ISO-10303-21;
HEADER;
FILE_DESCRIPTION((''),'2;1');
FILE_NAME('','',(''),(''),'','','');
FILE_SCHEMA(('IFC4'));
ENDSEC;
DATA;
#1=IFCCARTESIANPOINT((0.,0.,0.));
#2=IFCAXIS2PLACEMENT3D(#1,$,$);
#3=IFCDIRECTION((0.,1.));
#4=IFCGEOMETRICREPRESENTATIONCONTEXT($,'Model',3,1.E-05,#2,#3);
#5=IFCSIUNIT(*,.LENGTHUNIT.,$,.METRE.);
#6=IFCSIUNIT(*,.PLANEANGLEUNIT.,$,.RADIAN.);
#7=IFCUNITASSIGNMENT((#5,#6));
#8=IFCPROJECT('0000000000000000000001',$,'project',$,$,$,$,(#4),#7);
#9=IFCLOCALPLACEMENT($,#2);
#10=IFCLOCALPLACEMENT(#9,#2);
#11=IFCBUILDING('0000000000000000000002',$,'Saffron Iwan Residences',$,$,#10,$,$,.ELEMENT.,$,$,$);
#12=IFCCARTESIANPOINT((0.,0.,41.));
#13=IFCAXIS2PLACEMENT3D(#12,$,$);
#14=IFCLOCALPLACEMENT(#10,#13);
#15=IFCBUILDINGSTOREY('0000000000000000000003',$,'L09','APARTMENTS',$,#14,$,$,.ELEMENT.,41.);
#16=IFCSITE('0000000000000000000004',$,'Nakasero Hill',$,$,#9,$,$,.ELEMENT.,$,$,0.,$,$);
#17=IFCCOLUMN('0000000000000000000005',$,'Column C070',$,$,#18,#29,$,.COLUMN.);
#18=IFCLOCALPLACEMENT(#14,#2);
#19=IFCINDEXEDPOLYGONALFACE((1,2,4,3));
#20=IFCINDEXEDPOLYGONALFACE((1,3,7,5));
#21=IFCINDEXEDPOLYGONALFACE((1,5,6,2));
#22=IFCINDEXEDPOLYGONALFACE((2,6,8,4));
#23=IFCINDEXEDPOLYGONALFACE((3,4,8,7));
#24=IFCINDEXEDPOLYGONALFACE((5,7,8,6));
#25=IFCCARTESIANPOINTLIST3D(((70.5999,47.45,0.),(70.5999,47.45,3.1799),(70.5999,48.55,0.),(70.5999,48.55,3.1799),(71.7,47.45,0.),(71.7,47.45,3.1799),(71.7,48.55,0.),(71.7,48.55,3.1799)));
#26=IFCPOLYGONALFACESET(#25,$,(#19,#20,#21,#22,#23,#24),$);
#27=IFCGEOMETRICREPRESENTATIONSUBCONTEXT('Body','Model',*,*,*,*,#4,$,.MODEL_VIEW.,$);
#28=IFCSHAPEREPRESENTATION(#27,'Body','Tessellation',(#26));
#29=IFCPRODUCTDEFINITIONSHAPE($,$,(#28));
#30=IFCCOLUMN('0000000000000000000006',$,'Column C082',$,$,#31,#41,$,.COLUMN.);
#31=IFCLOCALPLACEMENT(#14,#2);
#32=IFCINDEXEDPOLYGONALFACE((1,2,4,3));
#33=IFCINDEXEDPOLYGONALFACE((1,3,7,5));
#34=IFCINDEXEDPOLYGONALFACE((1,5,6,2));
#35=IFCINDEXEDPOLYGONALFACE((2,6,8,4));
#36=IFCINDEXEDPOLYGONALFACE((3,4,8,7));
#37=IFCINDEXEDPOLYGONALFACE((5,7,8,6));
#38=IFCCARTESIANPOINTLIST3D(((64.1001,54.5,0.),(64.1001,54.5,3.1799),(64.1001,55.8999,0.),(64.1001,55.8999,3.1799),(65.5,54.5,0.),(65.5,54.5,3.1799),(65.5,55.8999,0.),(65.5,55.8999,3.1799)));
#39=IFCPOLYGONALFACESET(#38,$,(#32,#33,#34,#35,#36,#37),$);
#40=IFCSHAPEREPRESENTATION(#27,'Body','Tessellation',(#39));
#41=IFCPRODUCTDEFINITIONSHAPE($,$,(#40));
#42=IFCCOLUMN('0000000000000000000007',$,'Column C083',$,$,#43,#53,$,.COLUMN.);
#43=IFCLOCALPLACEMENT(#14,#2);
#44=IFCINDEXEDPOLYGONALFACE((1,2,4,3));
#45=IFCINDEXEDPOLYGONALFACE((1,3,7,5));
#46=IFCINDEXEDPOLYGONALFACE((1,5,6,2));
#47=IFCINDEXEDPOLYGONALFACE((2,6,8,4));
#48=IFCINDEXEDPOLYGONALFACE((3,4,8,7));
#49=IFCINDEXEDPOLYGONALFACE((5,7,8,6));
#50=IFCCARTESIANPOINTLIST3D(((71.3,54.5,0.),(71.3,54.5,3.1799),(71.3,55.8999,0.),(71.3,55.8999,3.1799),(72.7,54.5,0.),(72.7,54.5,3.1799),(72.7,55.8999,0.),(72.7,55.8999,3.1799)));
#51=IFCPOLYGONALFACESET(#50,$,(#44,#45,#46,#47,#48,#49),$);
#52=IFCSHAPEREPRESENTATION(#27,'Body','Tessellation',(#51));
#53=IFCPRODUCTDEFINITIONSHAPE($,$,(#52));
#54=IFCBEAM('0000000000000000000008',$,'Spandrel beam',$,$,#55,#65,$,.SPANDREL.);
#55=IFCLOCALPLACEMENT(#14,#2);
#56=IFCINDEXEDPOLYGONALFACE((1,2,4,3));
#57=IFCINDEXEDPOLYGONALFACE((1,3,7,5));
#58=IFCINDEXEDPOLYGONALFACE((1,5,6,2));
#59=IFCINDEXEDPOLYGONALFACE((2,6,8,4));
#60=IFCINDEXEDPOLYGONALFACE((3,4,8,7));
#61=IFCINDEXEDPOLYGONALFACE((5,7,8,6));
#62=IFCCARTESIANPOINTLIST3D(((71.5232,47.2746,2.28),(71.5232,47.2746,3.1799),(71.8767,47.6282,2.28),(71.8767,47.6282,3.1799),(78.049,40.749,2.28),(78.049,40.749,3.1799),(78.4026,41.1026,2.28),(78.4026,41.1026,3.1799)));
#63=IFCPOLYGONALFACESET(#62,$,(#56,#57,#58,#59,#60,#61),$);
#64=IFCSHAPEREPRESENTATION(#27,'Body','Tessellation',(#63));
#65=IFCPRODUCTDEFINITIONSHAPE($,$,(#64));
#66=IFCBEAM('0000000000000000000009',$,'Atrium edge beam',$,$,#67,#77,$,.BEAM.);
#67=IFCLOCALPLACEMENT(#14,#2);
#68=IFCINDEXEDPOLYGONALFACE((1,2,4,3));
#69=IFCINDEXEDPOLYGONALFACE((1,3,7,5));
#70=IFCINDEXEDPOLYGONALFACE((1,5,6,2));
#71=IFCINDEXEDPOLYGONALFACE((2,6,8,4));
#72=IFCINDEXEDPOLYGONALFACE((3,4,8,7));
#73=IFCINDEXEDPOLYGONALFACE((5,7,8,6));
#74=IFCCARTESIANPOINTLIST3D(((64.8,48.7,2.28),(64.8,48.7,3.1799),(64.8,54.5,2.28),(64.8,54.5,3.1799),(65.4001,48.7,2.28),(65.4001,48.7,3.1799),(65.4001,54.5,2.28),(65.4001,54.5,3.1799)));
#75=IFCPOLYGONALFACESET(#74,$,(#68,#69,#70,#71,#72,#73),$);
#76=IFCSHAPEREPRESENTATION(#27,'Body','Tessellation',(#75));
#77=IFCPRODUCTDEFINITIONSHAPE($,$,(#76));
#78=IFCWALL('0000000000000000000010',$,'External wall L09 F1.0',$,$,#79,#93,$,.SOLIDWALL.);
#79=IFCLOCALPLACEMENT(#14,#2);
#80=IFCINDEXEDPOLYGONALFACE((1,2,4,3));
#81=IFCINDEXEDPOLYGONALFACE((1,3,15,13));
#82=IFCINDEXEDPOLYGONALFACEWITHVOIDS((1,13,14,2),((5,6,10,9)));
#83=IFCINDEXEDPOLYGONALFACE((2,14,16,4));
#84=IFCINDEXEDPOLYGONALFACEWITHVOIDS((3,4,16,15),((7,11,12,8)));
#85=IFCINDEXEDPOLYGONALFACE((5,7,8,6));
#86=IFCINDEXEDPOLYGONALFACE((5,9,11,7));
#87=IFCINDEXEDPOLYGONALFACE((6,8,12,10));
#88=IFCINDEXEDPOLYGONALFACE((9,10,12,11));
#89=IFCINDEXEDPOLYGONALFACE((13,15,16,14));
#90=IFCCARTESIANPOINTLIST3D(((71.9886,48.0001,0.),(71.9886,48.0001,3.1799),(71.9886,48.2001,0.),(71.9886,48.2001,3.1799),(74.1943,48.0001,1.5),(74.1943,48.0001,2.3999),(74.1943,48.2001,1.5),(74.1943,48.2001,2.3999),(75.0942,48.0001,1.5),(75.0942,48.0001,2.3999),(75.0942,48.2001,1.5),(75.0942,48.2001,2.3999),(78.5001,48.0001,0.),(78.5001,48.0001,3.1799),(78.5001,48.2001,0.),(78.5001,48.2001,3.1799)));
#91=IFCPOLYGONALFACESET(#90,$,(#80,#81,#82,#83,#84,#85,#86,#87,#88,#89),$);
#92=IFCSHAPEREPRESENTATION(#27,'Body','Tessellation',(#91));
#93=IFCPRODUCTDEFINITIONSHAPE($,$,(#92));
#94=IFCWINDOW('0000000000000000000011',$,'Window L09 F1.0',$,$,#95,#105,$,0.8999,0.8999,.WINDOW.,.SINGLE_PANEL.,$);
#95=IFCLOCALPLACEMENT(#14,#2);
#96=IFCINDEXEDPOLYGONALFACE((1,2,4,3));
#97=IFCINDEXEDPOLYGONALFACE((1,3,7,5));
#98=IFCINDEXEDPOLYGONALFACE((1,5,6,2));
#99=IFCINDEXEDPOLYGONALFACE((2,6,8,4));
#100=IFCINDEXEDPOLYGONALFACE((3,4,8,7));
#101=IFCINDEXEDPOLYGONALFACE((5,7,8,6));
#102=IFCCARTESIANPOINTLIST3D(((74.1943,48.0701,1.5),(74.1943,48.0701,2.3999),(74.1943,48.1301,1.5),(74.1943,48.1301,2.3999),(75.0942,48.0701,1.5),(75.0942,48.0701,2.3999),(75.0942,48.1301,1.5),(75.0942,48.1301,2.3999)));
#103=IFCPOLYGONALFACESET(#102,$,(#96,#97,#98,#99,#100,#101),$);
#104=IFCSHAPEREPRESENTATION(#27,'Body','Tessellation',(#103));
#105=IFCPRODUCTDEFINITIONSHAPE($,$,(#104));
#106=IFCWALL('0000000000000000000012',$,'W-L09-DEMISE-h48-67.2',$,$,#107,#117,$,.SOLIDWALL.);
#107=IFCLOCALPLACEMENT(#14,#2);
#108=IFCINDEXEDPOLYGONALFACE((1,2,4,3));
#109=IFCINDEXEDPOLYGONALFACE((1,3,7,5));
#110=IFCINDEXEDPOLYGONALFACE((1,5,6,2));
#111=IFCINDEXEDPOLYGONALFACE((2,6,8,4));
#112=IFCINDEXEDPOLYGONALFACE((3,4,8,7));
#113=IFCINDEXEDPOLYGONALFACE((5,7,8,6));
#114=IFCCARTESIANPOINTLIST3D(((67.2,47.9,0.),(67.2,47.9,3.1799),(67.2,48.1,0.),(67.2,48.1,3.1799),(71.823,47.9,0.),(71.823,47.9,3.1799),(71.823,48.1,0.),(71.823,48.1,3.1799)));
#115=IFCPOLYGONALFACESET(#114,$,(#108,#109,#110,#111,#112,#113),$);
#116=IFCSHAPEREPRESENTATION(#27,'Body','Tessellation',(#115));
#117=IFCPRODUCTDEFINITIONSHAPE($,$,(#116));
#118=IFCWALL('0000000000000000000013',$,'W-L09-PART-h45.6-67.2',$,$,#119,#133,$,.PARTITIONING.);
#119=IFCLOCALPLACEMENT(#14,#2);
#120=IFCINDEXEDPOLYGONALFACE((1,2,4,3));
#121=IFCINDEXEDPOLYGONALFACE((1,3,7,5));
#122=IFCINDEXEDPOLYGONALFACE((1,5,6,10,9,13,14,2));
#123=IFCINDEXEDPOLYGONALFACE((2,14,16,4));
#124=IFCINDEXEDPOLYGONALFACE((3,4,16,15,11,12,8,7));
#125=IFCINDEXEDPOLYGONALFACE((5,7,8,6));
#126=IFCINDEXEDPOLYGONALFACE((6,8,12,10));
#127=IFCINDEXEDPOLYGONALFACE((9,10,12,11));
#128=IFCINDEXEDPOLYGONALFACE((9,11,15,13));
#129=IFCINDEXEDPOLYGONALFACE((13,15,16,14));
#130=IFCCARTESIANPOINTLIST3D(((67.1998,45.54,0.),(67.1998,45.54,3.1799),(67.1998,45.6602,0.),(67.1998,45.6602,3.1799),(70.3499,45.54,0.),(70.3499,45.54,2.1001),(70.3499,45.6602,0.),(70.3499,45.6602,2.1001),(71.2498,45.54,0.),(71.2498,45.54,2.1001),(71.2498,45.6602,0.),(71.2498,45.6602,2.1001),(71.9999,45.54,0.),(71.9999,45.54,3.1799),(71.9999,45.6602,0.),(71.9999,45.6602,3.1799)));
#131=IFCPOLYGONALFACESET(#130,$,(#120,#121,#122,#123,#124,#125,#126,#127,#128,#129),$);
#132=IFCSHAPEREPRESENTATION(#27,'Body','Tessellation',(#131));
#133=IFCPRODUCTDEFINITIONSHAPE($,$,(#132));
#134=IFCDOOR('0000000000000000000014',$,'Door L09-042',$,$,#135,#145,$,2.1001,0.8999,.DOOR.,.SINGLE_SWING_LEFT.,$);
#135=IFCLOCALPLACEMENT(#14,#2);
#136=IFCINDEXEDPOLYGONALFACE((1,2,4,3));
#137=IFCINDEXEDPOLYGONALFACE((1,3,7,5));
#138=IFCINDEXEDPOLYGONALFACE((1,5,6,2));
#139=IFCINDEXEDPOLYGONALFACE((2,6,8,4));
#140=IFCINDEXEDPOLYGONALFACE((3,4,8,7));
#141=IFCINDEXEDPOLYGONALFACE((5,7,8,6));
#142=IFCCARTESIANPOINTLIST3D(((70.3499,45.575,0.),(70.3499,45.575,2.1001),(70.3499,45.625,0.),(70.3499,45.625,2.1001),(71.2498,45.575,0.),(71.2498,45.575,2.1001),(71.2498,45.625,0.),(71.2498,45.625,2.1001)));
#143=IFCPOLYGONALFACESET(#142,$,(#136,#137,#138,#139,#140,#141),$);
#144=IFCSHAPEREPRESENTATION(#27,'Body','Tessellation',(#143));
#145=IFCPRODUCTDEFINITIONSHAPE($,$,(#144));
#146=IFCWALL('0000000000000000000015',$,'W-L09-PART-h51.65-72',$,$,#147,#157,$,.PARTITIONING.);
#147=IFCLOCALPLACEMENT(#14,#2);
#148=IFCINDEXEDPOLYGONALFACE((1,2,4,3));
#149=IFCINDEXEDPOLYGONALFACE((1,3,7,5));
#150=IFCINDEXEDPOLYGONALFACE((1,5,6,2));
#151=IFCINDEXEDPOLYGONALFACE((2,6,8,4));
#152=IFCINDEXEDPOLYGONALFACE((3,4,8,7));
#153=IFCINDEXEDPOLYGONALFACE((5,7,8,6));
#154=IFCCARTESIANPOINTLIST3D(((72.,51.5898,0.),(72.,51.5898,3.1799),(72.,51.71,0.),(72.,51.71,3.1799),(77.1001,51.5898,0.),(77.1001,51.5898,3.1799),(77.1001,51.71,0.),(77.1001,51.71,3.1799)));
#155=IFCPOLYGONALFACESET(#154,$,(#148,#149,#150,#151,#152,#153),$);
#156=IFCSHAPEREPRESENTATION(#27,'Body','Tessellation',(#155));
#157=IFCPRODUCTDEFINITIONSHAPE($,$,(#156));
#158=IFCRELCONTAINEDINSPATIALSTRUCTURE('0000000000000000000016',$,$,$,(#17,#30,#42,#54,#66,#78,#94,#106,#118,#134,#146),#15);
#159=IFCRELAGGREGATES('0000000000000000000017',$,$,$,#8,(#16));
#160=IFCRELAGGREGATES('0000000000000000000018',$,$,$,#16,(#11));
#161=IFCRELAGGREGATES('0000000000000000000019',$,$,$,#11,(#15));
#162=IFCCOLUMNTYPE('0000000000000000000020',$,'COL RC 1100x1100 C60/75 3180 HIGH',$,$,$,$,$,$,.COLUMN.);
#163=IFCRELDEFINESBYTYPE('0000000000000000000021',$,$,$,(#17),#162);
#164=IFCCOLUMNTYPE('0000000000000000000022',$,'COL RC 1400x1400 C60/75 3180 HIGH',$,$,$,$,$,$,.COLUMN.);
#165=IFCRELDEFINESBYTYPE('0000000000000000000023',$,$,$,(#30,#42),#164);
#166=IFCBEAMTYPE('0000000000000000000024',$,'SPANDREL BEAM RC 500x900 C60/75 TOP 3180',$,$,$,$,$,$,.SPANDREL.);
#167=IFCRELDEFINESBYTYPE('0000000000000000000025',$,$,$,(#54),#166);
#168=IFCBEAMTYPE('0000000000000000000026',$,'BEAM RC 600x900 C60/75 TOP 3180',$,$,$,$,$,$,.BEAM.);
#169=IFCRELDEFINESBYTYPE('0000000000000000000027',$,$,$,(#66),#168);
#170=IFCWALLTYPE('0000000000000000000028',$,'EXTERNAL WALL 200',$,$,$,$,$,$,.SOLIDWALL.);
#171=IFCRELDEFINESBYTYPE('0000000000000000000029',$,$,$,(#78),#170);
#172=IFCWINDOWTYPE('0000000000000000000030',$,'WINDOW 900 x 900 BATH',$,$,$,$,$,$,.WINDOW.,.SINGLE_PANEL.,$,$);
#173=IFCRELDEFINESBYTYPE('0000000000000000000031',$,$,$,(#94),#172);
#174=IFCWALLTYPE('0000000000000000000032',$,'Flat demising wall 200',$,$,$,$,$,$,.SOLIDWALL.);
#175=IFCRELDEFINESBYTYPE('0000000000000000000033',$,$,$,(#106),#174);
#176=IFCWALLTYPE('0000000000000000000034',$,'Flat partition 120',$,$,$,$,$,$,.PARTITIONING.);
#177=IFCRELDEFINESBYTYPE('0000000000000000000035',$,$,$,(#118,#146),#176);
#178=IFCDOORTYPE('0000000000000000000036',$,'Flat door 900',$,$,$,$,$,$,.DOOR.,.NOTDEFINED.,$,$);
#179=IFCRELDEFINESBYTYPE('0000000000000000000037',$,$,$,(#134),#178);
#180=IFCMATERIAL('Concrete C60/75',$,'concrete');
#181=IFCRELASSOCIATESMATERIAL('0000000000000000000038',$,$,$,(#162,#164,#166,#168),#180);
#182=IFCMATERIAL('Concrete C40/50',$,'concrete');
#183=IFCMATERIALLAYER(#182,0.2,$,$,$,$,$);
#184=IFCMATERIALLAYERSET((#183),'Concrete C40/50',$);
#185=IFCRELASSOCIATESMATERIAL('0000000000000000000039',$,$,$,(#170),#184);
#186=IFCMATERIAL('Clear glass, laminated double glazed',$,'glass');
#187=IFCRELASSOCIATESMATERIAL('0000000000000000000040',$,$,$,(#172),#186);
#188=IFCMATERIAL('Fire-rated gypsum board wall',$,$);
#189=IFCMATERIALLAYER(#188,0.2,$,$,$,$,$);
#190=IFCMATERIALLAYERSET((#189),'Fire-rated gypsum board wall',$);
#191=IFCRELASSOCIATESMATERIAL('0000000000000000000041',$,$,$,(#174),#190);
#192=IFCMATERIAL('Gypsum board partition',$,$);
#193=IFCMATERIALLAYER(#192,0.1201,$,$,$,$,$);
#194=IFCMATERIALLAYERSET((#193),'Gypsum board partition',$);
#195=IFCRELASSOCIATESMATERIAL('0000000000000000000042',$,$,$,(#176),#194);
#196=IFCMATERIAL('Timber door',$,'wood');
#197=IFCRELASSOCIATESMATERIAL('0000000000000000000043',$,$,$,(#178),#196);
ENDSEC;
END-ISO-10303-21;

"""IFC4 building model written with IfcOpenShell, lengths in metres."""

from ifc_helpers import new_model, si_unit, direction, frame, frame_2d, origin, origin_2d, place, context, subcontext, project, spatial, rectangle, extrude, source, transform, mapped, material, layer, layer_set, material_profile, profile_set, type_object, element, fill, save


model = new_model("IFC4")

# Units and contexts
model_context = context("Model", 3, precision=1e-05, world=origin(), true_north=direction((0.0, 1.0)))
body_context = subcontext(model_context, "Body", "Model", "MODEL_VIEW")
ifc_project = project(units=[si_unit("LENGTHUNIT", "METRE"), si_unit("PLANEANGLEUNIT", "RADIAN")], contexts=[model_context])

# Site, building, storey
site_placement = place(None, origin())
site = spatial("IfcSite", under=ifc_project, at=site_placement, Name="Nakasero Hill", CompositionType="ELEMENT", RefElevation=0.0)
building_placement = place(site_placement, origin())
building = spatial("IfcBuilding", under=site, at=building_placement, Name="Saffron Iwan Residences", CompositionType="ELEMENT")
storey_placement = place(building_placement, frame((0.0, 0.0, 41.0)))
storey = spatial("IfcBuildingStorey", under=building, at=storey_placement, Name="L09", Description="APARTMENTS", CompositionType="ELEMENT", Elevation=41.0)

# Columns
ifc_material_1 = material(Name="Concrete C60/75", Category="concrete")
ifc_material_profile_1 = material_profile(ifc_material_1, rectangle(XDim=1.1001, YDim=1.1001, at=origin_2d()), Name="RC 1100x1100")
ifc_profile_set_1 = profile_set([ifc_material_profile_1], Name="Concrete C60/75")
column_type_1 = type_object("IfcColumnType", Name="COL RC 1100x1100 C60/75 3180 HIGH", PredefinedType="COLUMN", material=ifc_profile_set_1)
shared_shape_1 = source(origin(), body_context, "Body", "SweptSolid", [
    extrude(rectangle(XDim=1.1001, YDim=1.1001, at=origin_2d()), origin(), (0.0, 0.0, 1.0), 3.1799),
])
column_placement = place(storey_placement, frame((71.1499, 48.0, 0.0), z_axis=(0.0, 0.0, 1.0), x_axis=(1.0, 0.0, 0.0)))
element("IfcColumn", 1, at=column_placement, inside=storey, type_object=column_type_1, Name="Column C070", PredefinedType="COLUMN", context=body_context, shape_type="MappedRepresentation", body=[
    mapped(shared_shape_1, transform((0.0, 0.0, 0.0))),
])
ifc_material_profile_2 = material_profile(ifc_material_1, rectangle(XDim=1.3999, YDim=1.3999, at=origin_2d()), Name="RC 1400x1400")
ifc_profile_set_2 = profile_set([ifc_material_profile_2], Name="Concrete C60/75")
column_type_2 = type_object("IfcColumnType", Name="COL RC 1400x1400 C60/75 3180 HIGH", PredefinedType="COLUMN", material=ifc_profile_set_2)
shared_shape_2 = source(origin(), body_context, "Body", "SweptSolid", [
    extrude(rectangle(XDim=1.3999, YDim=1.3999, at=origin_2d()), origin(), (0.0, 0.0, 1.0), 3.1799),
])
for number, where, z_axis, x_axis, name in (
    (2, (64.8, 55.2, 0.0), (0.0, 0.0, 1.0), (1.0, 0.0, 0.0), "Column C082"),
    (3, (72.0, 55.2, 0.0), (0.0, 0.0, 1.0), (1.0, 0.0, 0.0), "Column C083"),
):
    element("IfcColumn", number, at=place(storey_placement, frame(where, z_axis=z_axis, x_axis=x_axis)), inside=storey, type_object=column_type_2, Name=name, PredefinedType="COLUMN", context=body_context, shape_type="MappedRepresentation", body=[
        mapped(shared_shape_2, transform((0.0, 0.0, 0.0))),
    ])

# Beams
ifc_material_profile_3 = material_profile(ifc_material_1, rectangle(XDim=0.5, YDim=0.8999, at=origin_2d()), Name="RC 500x900")
ifc_profile_set_3 = profile_set([ifc_material_profile_3], Name="Concrete C60/75")
beam_type_1 = type_object("IfcBeamType", Name="SPANDREL BEAM RC 500x900 C60/75 TOP 3180", PredefinedType="SPANDREL", material=ifc_profile_set_3)
shared_shape_3 = source(origin(), body_context, "Body", "SweptSolid", [
    extrude(rectangle(XDim=0.5, YDim=0.8999, at=origin_2d()), origin(), (0.0, 0.0, 1.0), 9.2288),
])
beam_1_placement = place(storey_placement, frame((71.7, 47.4514, 2.73), z_axis=(0.70712, -0.707094, 0.0), x_axis=(0.707094, 0.70712, 0.0)))
element("IfcBeam", 4, at=beam_1_placement, inside=storey, type_object=beam_type_1, Name="Spandrel beam", PredefinedType="SPANDREL", context=body_context, shape_type="MappedRepresentation", body=[
    mapped(shared_shape_3, transform((0.0, 0.0, 0.0))),
])
ifc_material_profile_4 = material_profile(ifc_material_1, rectangle(XDim=0.6001, YDim=0.8999, at=origin_2d()), Name="RC 600x900")
ifc_profile_set_4 = profile_set([ifc_material_profile_4], Name="Concrete C60/75")
beam_type_2 = type_object("IfcBeamType", Name="BEAM RC 600x900 C60/75 TOP 3180", PredefinedType="BEAM", material=ifc_profile_set_4)
shared_shape_4 = source(origin(), body_context, "Body", "SweptSolid", [
    extrude(rectangle(XDim=0.6001, YDim=0.8999, at=origin_2d()), origin(), (0.0, 0.0, 1.0), 5.8),
])
beam_2_placement = place(storey_placement, frame((65.1001, 54.5, 2.73), z_axis=(0.0, -1.0, 0.0), x_axis=(1.0, 0.0, 0.0)))
element("IfcBeam", 5, at=beam_2_placement, inside=storey, type_object=beam_type_2, Name="Atrium edge beam", PredefinedType="BEAM", context=body_context, shape_type="MappedRepresentation", body=[
    mapped(shared_shape_4, transform((0.0, 0.0, 0.0))),
])

# Wall, opening, window
ifc_material_2 = material(Name="Concrete C40/50", Category="concrete")
ifc_layer_1 = layer(ifc_material_2, 0.2)
ifc_layer_set_1 = layer_set([ifc_layer_1], Name="Concrete C40/50")
wall_type_1 = type_object("IfcWallType", Name="EXTERNAL WALL 200", PredefinedType="SOLIDWALL", material=ifc_layer_set_1)
wall_1_placement = place(storey_placement, frame((71.9885, 48.1001, 0.0), z_axis=(0.0, 0.0, 1.0), x_axis=(1.0, 0.0, 0.0)))
wall_1 = element("IfcWall", 6, at=wall_1_placement, inside=storey, type_object=wall_type_1, Name="External wall L09 F1.0", PredefinedType="SOLIDWALL", context=body_context, shape_type="SweptSolid", body=[
    extrude(rectangle(XDim=6.5115, YDim=0.2, at=frame_2d((3.2559, 0.0))), origin(), (0.0, 0.0, 1.0), 3.1799),
])
opening_1_placement = place(wall_1_placement, frame((2.2058, 0.0, 1.5)))
opening_1 = element("IfcOpeningElement", 7, at=opening_1_placement, cuts=wall_1, PredefinedType="OPENING", context=body_context, shape_type="SweptSolid", body=[
    extrude(rectangle(XDim=0.8999, YDim=0.8999, at=frame_2d((0.45, 0.45))), frame((0.0, 0.1099, 0.0), z_axis=(0.0, -1.0, 0.0), x_axis=(1.0, 0.0, 0.0)), (0.0, 0.0, 1.0), 0.22),
])
ifc_material_3 = material(Name="Clear glass, laminated double glazed", Category="glass")
window_type = type_object("IfcWindowType", Name="WINDOW 900 x 900 BATH", PartitioningType="SINGLE_PANEL", PredefinedType="WINDOW", material=ifc_material_3)
window_placement = place(opening_1_placement, origin())
window = element("IfcWindow", 8, at=window_placement, inside=storey, type_object=window_type, Name="Window L09 F1.0", OverallHeight=0.8999, OverallWidth=0.8999, PartitioningType="SINGLE_PANEL", PredefinedType="WINDOW", context=body_context, shape_type="SweptSolid", body=[
    extrude(rectangle(XDim=0.8999, YDim=0.8999, at=frame_2d((0.45, 0.45))), frame((0.0, 0.03, 0.0), z_axis=(0.0, -1.0, 0.0), x_axis=(1.0, 0.0, 0.0)), (0.0, 0.0, 1.0), 0.0601),
])
fill(opening_1, window)

# Wall
ifc_material_4 = material(Name="Fire-rated gypsum board wall")
ifc_layer_2 = layer(ifc_material_4, 0.2)
ifc_layer_set_2 = layer_set([ifc_layer_2], Name="Fire-rated gypsum board wall")
wall_type_2 = type_object("IfcWallType", Name="Flat demising wall 200", PredefinedType="SOLIDWALL", material=ifc_layer_set_2)
wall_2_placement = place(storey_placement, frame((67.2, 48.0, 0.0), z_axis=(0.0, 0.0, 1.0), x_axis=(1.0, 0.0, 0.0)))
element("IfcWall", 9, at=wall_2_placement, inside=storey, type_object=wall_type_2, Name="W-L09-DEMISE-h48-67.2", PredefinedType="SOLIDWALL", context=body_context, shape_type="SweptSolid", body=[
    extrude(rectangle(XDim=4.623, YDim=0.2, at=frame_2d((2.3115, 0.0))), origin(), (0.0, 0.0, 1.0), 3.1799),
])

# Wall, opening, door
ifc_material_5 = material(Name="Gypsum board partition")
ifc_layer_3 = layer(ifc_material_5, 0.1201)
ifc_layer_set_3 = layer_set([ifc_layer_3], Name="Gypsum board partition")
wall_type_3 = type_object("IfcWallType", Name="Flat partition 120", PredefinedType="PARTITIONING", material=ifc_layer_set_3)
wall_3_placement = place(storey_placement, frame((67.2, 45.6001, 0.0), z_axis=(0.0, 0.0, 1.0), x_axis=(1.0, 0.0, 0.0)))
wall_3 = element("IfcWall", 10, at=wall_3_placement, inside=storey, type_object=wall_type_3, Name="W-L09-PART-h45.6-67.2", PredefinedType="PARTITIONING", context=body_context, shape_type="SweptSolid", body=[
    extrude(rectangle(XDim=4.8, YDim=0.1201, at=frame_2d((2.3999, 0.0))), origin(), (0.0, 0.0, 1.0), 3.1799),
])
opening_2_placement = place(wall_3_placement, frame((3.1499, 0.0, 0.0)))
opening_2 = element("IfcOpeningElement", 11, at=opening_2_placement, cuts=wall_3, PredefinedType="OPENING", context=body_context, shape_type="SweptSolid", body=[
    extrude(rectangle(XDim=0.8999, YDim=2.1001, at=frame_2d((0.45, 1.05))), frame((0.0, 0.0701, 0.0), z_axis=(0.0, -1.0, 0.0), x_axis=(1.0, 0.0, 0.0)), (0.0, 0.0, 1.0), 0.1401),
])
ifc_material_6 = material(Name="Timber door", Category="wood")
door_type_1 = type_object("IfcDoorType", Name="Flat door 900", OperationType="NOTDEFINED", PredefinedType="DOOR", material=ifc_material_6)
door_1_placement = place(opening_2_placement, origin())
door_1 = element("IfcDoor", 12, at=door_1_placement, inside=storey, type_object=door_type_1, Name="Door L09-042", OperationType="SINGLE_SWING_LEFT", OverallHeight=2.1001, OverallWidth=0.8999, PredefinedType="DOOR", context=body_context, shape_type="SweptSolid", body=[
    extrude(rectangle(XDim=0.8999, YDim=2.1001, at=frame_2d((0.45, 1.05))), frame((0.0, 0.0249, 0.0), z_axis=(0.0, -1.0, 0.0), x_axis=(1.0, 0.0, 0.0)), (0.0, 0.0, 1.0), 0.05),
])
fill(opening_2, door_1)

# Wall
wall_4_placement = place(storey_placement, frame((72.0, 51.6499, 0.0), z_axis=(0.0, 0.0, 1.0), x_axis=(1.0, 0.0, 0.0)))
element("IfcWall", 13, at=wall_4_placement, inside=storey, type_object=wall_type_3, Name="W-L09-PART-h51.65-72", PredefinedType="PARTITIONING", context=body_context, shape_type="SweptSolid", body=[
    extrude(rectangle(XDim=5.1001, YDim=0.1201, at=frame_2d((2.55, 0.0))), origin(), (0.0, 0.0, 1.0), 3.1799),
])

save(model, "model.ifc")
